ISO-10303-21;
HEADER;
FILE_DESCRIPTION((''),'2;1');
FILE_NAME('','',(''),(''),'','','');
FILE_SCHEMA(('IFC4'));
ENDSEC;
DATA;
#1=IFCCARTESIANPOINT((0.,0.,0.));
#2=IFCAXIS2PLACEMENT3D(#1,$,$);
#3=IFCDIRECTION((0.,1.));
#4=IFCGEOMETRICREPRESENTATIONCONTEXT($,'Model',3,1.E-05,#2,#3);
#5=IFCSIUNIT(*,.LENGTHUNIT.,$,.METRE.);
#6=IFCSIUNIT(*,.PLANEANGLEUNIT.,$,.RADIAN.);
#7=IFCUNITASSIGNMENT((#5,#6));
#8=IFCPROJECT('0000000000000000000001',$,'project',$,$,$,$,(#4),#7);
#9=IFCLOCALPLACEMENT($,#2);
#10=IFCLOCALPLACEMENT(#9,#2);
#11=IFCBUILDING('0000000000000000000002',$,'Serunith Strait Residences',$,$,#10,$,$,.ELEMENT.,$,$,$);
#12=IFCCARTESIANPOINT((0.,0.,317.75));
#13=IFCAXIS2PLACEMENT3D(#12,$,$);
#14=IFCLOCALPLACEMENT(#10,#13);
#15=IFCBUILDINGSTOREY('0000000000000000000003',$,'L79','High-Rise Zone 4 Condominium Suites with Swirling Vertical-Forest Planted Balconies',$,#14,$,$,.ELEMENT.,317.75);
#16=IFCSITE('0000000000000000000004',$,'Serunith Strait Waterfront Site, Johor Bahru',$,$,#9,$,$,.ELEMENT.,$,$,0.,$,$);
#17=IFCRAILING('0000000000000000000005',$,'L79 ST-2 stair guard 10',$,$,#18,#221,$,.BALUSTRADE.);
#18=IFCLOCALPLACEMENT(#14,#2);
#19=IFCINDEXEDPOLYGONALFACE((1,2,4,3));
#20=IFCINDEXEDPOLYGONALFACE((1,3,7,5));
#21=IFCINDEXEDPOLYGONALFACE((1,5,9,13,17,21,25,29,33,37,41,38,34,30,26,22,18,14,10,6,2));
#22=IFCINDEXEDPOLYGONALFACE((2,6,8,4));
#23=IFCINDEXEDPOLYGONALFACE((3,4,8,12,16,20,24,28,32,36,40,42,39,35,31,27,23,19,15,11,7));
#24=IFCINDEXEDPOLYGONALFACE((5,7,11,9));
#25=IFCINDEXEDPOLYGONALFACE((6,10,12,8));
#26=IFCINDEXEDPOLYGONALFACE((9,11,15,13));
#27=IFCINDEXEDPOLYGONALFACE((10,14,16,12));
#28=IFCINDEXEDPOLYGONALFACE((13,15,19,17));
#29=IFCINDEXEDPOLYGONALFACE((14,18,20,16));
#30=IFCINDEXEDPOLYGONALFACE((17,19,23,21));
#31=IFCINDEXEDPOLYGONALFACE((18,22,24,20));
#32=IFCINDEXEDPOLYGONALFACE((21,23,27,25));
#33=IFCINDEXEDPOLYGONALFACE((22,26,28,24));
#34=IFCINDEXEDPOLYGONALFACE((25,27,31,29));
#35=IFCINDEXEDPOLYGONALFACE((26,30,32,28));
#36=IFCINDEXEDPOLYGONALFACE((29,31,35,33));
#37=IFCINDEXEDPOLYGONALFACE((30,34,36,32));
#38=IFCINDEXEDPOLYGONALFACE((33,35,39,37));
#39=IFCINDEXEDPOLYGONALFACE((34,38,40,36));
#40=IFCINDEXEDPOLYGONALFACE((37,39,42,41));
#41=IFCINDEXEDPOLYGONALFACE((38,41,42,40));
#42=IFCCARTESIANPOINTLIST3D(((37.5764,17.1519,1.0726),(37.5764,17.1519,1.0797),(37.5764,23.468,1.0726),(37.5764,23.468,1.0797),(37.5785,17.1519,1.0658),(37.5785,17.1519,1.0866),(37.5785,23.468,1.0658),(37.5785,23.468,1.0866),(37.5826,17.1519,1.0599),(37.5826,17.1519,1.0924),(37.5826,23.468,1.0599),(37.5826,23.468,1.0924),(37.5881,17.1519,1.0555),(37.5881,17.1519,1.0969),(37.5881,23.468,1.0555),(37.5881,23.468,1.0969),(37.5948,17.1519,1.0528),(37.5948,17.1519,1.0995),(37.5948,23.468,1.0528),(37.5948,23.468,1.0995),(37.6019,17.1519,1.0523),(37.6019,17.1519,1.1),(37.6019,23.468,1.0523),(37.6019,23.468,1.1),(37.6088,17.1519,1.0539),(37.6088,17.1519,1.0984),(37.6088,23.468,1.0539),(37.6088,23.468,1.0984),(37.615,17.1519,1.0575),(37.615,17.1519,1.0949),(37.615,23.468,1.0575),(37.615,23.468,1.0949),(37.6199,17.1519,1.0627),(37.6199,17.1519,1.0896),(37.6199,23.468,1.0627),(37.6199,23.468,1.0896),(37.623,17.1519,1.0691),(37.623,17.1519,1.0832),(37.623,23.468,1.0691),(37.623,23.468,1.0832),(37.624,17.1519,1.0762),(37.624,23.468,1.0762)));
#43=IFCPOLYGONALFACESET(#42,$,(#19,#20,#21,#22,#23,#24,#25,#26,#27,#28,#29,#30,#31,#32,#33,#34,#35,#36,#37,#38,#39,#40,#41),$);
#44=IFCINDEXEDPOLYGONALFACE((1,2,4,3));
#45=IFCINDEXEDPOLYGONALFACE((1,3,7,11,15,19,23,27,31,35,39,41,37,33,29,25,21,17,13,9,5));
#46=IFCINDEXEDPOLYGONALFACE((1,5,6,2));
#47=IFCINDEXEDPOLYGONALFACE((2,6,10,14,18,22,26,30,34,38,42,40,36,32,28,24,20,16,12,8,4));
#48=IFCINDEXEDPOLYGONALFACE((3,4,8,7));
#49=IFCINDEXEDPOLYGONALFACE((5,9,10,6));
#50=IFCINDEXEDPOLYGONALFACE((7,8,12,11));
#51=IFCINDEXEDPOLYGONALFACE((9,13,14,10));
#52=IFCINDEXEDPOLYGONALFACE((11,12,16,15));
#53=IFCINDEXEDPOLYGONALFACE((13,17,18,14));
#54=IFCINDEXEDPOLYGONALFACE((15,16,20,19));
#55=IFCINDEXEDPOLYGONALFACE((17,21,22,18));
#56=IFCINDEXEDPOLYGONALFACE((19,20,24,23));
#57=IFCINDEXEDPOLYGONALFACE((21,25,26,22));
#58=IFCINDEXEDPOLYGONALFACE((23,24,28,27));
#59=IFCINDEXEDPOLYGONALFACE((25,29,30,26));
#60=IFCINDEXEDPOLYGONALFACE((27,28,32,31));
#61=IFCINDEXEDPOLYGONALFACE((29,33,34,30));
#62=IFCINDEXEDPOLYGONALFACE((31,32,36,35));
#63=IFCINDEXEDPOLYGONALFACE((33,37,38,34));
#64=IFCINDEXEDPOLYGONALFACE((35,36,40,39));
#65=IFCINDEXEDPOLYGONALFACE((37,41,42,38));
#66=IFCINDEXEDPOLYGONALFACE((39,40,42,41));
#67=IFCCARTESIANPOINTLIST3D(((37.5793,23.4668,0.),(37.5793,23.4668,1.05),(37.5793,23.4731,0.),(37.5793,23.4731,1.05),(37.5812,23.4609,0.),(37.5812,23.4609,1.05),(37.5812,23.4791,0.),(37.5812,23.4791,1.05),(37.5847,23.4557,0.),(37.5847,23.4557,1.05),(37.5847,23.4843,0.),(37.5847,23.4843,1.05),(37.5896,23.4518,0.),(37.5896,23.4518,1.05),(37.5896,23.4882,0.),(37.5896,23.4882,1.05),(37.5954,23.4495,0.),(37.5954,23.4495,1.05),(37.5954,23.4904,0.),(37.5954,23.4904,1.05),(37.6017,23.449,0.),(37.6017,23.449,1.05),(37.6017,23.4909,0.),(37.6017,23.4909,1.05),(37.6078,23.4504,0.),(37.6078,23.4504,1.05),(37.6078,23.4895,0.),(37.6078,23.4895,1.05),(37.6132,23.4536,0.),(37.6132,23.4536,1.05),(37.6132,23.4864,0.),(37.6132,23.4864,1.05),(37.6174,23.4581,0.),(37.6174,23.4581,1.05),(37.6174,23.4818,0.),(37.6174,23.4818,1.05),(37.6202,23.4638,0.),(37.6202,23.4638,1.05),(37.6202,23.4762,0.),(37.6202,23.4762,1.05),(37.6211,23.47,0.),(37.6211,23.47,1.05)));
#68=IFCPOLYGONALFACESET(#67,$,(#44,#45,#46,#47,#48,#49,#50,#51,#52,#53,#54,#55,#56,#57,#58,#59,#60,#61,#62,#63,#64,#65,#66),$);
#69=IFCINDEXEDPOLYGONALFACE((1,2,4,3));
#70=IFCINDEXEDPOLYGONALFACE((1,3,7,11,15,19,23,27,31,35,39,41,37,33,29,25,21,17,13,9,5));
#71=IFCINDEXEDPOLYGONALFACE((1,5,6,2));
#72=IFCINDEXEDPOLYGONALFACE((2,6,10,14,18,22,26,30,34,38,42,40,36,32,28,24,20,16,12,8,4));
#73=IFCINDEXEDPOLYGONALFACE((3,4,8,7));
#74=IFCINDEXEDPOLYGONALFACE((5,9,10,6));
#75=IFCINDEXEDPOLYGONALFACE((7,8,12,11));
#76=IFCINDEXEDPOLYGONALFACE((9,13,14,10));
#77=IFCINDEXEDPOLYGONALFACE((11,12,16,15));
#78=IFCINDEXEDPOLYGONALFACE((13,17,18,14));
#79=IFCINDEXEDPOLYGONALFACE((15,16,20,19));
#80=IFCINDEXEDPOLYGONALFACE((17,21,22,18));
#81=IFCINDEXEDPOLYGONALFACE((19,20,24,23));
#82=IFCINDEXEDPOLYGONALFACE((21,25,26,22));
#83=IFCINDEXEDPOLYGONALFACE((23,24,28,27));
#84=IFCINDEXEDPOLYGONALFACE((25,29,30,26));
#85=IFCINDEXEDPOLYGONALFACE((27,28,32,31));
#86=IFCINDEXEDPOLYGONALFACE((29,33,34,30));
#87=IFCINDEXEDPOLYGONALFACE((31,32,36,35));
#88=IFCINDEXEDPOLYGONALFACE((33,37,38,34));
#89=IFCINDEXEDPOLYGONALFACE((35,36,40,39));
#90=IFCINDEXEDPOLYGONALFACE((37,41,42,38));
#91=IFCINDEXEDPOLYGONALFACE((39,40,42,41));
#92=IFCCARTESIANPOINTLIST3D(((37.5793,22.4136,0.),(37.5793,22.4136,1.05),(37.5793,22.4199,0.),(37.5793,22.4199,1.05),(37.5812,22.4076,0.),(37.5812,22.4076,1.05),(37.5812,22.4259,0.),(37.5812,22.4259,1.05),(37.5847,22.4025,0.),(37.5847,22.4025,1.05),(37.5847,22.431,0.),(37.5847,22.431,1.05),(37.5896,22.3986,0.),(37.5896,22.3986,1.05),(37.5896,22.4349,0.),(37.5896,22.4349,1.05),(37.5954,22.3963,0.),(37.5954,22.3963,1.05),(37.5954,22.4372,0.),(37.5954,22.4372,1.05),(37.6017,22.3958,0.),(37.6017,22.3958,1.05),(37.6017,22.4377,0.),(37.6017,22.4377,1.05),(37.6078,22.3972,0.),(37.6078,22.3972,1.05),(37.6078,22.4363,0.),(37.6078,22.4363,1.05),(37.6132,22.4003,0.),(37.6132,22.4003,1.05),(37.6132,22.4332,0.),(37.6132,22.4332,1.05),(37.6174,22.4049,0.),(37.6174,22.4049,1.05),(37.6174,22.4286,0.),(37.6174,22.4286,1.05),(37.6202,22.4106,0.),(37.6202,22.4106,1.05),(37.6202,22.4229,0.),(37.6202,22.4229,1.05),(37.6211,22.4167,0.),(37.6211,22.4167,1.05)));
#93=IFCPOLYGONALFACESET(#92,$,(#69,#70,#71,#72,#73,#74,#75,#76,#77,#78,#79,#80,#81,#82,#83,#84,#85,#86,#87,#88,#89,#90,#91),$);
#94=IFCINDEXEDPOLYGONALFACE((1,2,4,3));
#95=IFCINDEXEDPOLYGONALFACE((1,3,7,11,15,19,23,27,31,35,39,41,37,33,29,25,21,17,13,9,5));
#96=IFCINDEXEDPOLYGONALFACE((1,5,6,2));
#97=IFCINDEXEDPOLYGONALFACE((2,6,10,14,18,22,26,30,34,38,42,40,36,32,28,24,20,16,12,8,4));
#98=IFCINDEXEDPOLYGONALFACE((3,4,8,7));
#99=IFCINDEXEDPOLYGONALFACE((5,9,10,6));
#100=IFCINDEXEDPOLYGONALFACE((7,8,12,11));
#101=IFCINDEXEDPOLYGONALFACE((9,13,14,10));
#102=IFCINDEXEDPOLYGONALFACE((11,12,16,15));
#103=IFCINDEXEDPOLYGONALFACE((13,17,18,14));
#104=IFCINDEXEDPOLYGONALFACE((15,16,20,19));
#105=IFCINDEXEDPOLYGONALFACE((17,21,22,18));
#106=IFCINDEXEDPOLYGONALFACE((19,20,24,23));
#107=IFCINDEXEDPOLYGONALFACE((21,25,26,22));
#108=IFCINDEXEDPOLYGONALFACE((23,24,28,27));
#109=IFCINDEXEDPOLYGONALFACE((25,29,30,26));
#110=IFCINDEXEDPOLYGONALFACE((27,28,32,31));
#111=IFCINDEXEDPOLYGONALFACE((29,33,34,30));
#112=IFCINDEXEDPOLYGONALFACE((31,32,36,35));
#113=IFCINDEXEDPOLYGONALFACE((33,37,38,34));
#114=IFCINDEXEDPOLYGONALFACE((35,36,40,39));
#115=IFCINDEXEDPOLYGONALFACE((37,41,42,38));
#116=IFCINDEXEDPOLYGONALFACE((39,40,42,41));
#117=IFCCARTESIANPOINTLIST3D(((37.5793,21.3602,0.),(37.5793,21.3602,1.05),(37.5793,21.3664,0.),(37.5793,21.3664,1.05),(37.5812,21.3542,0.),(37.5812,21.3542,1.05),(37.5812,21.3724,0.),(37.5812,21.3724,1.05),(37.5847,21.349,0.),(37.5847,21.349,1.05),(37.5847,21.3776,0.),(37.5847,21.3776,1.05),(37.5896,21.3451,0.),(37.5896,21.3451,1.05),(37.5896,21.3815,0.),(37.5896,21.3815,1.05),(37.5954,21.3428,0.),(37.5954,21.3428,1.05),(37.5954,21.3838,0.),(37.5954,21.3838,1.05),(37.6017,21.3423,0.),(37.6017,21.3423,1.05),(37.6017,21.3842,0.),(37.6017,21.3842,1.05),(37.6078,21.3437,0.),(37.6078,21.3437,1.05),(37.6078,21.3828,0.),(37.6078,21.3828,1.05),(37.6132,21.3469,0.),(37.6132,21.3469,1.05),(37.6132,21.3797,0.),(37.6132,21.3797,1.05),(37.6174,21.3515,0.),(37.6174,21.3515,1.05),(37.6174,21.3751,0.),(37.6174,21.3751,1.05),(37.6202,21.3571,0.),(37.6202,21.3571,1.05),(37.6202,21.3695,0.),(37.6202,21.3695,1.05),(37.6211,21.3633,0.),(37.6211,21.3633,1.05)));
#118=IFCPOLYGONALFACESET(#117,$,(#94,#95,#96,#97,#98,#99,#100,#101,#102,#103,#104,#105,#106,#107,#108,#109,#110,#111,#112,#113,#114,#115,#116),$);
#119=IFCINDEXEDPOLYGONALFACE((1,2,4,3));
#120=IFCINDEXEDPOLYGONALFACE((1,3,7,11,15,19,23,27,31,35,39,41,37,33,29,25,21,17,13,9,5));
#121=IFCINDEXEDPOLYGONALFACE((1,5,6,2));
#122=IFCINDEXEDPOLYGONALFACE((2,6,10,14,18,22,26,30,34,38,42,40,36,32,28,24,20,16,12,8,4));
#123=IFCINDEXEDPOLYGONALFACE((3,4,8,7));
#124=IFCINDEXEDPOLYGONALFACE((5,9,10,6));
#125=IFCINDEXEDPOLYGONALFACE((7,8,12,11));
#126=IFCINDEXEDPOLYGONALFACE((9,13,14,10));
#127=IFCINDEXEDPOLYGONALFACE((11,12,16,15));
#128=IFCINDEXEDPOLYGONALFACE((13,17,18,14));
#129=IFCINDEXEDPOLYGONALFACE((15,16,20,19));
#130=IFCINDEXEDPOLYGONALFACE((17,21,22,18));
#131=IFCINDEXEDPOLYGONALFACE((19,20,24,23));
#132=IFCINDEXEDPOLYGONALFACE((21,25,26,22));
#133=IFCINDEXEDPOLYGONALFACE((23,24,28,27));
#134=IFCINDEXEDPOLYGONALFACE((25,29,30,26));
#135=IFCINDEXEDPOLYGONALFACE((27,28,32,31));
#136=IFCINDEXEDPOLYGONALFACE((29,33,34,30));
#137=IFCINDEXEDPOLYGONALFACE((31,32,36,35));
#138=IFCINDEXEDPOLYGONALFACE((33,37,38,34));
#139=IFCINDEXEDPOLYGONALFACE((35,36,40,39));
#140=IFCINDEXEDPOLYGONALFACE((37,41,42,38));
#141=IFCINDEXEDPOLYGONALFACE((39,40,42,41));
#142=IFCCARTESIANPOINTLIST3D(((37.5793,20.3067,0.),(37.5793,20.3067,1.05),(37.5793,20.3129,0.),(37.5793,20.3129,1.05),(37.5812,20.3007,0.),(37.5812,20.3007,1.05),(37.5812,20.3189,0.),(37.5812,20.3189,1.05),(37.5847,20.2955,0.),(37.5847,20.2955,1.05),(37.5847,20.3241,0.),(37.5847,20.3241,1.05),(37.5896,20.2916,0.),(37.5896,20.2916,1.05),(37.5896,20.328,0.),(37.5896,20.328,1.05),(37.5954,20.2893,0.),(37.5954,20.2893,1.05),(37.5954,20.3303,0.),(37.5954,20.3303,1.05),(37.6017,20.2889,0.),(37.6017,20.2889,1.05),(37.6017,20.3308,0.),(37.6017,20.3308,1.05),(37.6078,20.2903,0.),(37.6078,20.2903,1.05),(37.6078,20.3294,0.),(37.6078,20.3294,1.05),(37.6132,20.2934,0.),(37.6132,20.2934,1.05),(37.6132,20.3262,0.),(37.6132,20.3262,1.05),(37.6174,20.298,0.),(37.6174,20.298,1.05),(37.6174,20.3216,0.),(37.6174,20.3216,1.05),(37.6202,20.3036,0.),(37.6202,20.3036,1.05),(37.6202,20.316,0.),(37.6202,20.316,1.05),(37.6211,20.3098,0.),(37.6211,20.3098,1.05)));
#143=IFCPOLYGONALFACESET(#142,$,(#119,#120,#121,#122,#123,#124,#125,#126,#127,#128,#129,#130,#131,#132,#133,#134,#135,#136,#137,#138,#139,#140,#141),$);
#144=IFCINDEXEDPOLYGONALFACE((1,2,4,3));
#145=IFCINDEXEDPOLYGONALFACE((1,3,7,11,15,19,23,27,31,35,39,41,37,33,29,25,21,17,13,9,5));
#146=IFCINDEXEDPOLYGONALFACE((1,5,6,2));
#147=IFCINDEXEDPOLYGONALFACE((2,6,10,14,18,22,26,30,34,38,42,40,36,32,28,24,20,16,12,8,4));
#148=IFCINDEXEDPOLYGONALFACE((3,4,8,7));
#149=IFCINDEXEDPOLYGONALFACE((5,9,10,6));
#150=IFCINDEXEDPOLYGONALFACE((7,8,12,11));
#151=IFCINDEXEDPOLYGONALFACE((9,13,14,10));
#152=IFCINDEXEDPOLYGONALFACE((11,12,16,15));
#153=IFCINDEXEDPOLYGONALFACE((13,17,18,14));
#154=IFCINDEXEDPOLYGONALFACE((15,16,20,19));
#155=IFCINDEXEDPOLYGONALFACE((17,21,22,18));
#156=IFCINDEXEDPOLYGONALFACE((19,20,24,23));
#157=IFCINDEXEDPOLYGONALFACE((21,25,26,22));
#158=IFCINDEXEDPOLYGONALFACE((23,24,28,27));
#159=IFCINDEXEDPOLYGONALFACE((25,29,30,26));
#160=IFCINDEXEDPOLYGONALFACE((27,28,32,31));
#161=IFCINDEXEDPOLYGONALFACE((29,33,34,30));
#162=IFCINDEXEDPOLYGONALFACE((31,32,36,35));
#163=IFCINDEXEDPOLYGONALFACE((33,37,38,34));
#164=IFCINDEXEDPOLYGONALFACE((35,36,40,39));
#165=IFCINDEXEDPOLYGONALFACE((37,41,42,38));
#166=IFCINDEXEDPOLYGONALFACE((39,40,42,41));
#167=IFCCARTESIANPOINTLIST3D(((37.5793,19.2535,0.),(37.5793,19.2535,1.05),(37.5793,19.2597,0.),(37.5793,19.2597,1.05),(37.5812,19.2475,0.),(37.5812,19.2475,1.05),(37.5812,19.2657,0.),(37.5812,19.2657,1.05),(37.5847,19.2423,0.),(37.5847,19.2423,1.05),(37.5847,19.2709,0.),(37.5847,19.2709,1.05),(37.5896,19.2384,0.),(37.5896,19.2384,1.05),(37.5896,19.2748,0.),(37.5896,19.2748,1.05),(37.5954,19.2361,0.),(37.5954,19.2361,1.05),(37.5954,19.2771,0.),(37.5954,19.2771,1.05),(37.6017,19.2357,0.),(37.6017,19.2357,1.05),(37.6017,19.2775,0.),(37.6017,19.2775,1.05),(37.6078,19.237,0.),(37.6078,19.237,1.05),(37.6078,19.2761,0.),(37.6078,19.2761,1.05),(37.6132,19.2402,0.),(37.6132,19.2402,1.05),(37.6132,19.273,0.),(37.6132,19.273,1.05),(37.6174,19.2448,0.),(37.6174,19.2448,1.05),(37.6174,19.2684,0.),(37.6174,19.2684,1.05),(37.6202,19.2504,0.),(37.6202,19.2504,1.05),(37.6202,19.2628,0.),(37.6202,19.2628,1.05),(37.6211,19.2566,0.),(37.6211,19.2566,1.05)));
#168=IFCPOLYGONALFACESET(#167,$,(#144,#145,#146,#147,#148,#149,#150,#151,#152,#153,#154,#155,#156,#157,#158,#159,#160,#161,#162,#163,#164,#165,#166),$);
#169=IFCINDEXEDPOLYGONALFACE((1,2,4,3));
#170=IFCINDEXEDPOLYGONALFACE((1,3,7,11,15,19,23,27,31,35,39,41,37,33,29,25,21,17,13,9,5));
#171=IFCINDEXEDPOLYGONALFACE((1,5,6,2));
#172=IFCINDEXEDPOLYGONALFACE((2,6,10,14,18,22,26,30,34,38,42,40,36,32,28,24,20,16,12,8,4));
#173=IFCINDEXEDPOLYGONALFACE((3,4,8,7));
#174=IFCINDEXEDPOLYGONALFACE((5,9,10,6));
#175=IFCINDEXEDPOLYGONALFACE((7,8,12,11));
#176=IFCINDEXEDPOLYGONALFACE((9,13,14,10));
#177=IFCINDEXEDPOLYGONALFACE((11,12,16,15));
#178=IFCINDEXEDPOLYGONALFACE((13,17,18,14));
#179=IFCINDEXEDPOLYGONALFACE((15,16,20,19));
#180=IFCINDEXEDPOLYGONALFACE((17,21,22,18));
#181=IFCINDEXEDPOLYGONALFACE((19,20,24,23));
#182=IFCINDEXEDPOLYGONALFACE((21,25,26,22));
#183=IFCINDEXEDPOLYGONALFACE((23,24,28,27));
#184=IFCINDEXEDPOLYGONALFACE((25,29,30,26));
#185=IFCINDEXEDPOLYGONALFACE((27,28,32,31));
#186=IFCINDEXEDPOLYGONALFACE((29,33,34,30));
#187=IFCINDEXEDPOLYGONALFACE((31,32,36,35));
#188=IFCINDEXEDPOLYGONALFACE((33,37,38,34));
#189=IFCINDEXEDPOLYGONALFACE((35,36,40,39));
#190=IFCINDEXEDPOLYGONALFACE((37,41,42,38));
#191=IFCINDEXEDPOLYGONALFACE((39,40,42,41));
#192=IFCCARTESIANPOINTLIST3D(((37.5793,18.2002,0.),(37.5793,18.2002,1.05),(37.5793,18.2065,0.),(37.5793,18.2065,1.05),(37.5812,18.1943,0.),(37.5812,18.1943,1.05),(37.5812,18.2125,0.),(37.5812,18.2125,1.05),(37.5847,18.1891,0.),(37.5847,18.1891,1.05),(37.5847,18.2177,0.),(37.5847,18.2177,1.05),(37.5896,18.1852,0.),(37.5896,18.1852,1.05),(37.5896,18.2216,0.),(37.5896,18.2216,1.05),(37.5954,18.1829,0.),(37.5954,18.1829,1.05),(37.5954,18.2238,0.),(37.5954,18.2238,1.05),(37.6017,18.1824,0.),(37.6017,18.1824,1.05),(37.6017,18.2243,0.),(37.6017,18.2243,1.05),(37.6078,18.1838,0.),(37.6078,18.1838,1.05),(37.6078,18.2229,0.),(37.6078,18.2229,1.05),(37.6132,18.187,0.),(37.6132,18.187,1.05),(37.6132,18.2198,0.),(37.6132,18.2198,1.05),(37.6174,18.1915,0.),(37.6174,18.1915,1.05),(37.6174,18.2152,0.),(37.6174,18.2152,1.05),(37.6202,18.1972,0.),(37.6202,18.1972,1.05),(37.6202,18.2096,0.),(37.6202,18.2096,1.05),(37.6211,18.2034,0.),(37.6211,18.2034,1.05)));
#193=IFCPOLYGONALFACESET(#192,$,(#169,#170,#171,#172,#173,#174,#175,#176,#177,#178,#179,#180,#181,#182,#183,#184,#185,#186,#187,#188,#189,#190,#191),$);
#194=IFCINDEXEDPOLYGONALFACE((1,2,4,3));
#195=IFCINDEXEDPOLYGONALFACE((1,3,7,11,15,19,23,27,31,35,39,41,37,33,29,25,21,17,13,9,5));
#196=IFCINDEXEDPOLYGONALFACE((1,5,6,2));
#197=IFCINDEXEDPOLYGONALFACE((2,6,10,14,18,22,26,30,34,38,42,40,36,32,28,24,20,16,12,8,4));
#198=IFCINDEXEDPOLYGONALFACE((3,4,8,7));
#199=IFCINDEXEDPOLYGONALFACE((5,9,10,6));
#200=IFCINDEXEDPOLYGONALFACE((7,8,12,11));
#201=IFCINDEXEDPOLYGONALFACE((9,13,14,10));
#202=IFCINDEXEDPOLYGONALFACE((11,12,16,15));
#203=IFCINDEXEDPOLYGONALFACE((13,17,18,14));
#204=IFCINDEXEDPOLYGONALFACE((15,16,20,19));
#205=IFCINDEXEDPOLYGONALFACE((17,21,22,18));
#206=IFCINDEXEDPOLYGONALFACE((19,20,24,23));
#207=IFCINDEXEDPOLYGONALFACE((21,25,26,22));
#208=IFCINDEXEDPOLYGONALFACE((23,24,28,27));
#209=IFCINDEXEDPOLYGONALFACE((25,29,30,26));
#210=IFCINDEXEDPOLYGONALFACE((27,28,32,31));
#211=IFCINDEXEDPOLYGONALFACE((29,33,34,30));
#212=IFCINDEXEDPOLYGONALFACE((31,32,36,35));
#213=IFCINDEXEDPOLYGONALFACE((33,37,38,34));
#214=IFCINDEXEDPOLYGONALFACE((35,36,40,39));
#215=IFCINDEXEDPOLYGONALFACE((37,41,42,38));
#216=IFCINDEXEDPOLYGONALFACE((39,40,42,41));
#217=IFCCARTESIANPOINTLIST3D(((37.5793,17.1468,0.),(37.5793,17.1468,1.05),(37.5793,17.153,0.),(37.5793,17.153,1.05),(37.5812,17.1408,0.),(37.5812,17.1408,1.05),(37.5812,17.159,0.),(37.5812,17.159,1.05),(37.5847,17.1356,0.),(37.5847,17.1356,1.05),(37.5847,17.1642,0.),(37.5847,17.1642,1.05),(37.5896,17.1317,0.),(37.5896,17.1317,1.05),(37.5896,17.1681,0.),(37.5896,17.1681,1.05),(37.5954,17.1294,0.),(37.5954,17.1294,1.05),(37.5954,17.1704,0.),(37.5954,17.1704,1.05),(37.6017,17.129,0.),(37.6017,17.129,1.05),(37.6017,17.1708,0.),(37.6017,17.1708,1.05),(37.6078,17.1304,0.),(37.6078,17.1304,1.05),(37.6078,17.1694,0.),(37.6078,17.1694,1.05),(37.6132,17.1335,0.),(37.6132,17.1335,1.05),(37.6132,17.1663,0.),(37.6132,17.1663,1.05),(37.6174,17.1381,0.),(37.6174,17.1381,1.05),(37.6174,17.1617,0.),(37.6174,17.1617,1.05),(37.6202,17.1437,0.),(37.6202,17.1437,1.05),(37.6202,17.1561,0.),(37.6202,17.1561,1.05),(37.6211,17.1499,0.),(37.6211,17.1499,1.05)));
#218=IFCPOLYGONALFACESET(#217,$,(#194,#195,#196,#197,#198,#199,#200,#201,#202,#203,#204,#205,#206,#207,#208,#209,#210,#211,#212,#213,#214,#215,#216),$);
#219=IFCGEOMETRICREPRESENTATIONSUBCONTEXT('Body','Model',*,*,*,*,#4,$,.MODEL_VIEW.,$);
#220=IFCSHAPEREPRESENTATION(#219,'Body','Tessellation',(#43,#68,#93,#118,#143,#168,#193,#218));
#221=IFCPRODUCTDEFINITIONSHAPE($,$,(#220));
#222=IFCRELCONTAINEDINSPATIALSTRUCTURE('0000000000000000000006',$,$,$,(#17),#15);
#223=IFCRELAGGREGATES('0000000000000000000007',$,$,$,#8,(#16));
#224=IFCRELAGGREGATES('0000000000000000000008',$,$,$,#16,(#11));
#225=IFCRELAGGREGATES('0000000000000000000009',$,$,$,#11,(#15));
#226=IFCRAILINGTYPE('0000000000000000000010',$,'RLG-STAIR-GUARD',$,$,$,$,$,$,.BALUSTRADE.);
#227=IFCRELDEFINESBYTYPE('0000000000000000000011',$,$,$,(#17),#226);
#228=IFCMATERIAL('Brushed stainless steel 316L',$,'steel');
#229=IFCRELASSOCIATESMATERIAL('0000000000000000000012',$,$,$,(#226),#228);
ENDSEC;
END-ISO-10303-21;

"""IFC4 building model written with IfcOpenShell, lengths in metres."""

from ifc_helpers import new_model, si_unit, direction, frame, origin, origin_2d, place, context, subcontext, project, spatial, circle, extrude, material, type_object, element, save


model = new_model("IFC4")

# Units and contexts
model_context = context("Model", 3, precision=1e-05, world=origin(), true_north=direction((0.0, 1.0)))
body_context = subcontext(model_context, "Body", "Model", "MODEL_VIEW")
ifc_project = project(units=[si_unit("LENGTHUNIT", "METRE"), si_unit("PLANEANGLEUNIT", "RADIAN")], contexts=[model_context])

# Site, building, storey
site_placement = place(None, origin())
site = spatial("IfcSite", under=ifc_project, at=site_placement, Name="Serunith Strait Waterfront Site, Johor Bahru", CompositionType="ELEMENT", RefElevation=0.0)
building_placement = place(site_placement, origin())
building = spatial("IfcBuilding", under=site, at=building_placement, Name="Serunith Strait Residences", CompositionType="ELEMENT")
storey_placement = place(building_placement, frame((0.0, 0.0, 317.75)))
storey = spatial("IfcBuildingStorey", under=building, at=storey_placement, Name="L79", Description="High-Rise Zone 4 Condominium Suites with Swirling Vertical-Forest Planted Balconies", CompositionType="ELEMENT", Elevation=317.75)

# Railing
ifc_material_1 = material(Name="Brushed stainless steel 316L", Category="steel")
railing_type = type_object("IfcRailingType", Name="RLG-STAIR-GUARD", PredefinedType="BALUSTRADE", material=ifc_material_1)
railing_1_placement = place(storey_placement, frame((37.6001, 23.47, 0.0)))
element("IfcRailing", 1, at=railing_1_placement, inside=storey, type_object=railing_type, Name="L79 ST-2 stair guard 10", PredefinedType="BALUSTRADE", context=body_context, shape_type="SweptSolid", body=[
    extrude(circle(Radius=0.0239, at=origin_2d()), frame((0.0, -0.002, 1.0762), z_axis=(0.0, -1.0, 0.0), x_axis=(1.0, 0.0, 0.0)), (0.0, 0.0, 1.0), 6.3162),
    extrude(circle(Radius=0.021, at=origin_2d()), origin(), (0.0, 0.0, 1.0), 1.05),
    extrude(circle(Radius=0.021, at=origin_2d()), frame((0.0, -1.0532, 0.0)), (0.0, 0.0, 1.0), 1.05),
    extrude(circle(Radius=0.021, at=origin_2d()), frame((0.0, -2.1067, 0.0)), (0.0, 0.0, 1.0), 1.05),
    extrude(circle(Radius=0.021, at=origin_2d()), frame((0.0, -3.1602, 0.0)), (0.0, 0.0, 1.0), 1.05),
    extrude(circle(Radius=0.021, at=origin_2d()), frame((0.0, -4.2134, 0.0)), (0.0, 0.0, 1.0), 1.05),
    extrude(circle(Radius=0.021, at=origin_2d()), frame((0.0, -5.2666, 0.0)), (0.0, 0.0, 1.0), 1.05),
    extrude(circle(Radius=0.021, at=origin_2d()), frame((0.0, -6.3201, 0.0)), (0.0, 0.0, 1.0), 1.05),
])

save(model, "model.ifc")
